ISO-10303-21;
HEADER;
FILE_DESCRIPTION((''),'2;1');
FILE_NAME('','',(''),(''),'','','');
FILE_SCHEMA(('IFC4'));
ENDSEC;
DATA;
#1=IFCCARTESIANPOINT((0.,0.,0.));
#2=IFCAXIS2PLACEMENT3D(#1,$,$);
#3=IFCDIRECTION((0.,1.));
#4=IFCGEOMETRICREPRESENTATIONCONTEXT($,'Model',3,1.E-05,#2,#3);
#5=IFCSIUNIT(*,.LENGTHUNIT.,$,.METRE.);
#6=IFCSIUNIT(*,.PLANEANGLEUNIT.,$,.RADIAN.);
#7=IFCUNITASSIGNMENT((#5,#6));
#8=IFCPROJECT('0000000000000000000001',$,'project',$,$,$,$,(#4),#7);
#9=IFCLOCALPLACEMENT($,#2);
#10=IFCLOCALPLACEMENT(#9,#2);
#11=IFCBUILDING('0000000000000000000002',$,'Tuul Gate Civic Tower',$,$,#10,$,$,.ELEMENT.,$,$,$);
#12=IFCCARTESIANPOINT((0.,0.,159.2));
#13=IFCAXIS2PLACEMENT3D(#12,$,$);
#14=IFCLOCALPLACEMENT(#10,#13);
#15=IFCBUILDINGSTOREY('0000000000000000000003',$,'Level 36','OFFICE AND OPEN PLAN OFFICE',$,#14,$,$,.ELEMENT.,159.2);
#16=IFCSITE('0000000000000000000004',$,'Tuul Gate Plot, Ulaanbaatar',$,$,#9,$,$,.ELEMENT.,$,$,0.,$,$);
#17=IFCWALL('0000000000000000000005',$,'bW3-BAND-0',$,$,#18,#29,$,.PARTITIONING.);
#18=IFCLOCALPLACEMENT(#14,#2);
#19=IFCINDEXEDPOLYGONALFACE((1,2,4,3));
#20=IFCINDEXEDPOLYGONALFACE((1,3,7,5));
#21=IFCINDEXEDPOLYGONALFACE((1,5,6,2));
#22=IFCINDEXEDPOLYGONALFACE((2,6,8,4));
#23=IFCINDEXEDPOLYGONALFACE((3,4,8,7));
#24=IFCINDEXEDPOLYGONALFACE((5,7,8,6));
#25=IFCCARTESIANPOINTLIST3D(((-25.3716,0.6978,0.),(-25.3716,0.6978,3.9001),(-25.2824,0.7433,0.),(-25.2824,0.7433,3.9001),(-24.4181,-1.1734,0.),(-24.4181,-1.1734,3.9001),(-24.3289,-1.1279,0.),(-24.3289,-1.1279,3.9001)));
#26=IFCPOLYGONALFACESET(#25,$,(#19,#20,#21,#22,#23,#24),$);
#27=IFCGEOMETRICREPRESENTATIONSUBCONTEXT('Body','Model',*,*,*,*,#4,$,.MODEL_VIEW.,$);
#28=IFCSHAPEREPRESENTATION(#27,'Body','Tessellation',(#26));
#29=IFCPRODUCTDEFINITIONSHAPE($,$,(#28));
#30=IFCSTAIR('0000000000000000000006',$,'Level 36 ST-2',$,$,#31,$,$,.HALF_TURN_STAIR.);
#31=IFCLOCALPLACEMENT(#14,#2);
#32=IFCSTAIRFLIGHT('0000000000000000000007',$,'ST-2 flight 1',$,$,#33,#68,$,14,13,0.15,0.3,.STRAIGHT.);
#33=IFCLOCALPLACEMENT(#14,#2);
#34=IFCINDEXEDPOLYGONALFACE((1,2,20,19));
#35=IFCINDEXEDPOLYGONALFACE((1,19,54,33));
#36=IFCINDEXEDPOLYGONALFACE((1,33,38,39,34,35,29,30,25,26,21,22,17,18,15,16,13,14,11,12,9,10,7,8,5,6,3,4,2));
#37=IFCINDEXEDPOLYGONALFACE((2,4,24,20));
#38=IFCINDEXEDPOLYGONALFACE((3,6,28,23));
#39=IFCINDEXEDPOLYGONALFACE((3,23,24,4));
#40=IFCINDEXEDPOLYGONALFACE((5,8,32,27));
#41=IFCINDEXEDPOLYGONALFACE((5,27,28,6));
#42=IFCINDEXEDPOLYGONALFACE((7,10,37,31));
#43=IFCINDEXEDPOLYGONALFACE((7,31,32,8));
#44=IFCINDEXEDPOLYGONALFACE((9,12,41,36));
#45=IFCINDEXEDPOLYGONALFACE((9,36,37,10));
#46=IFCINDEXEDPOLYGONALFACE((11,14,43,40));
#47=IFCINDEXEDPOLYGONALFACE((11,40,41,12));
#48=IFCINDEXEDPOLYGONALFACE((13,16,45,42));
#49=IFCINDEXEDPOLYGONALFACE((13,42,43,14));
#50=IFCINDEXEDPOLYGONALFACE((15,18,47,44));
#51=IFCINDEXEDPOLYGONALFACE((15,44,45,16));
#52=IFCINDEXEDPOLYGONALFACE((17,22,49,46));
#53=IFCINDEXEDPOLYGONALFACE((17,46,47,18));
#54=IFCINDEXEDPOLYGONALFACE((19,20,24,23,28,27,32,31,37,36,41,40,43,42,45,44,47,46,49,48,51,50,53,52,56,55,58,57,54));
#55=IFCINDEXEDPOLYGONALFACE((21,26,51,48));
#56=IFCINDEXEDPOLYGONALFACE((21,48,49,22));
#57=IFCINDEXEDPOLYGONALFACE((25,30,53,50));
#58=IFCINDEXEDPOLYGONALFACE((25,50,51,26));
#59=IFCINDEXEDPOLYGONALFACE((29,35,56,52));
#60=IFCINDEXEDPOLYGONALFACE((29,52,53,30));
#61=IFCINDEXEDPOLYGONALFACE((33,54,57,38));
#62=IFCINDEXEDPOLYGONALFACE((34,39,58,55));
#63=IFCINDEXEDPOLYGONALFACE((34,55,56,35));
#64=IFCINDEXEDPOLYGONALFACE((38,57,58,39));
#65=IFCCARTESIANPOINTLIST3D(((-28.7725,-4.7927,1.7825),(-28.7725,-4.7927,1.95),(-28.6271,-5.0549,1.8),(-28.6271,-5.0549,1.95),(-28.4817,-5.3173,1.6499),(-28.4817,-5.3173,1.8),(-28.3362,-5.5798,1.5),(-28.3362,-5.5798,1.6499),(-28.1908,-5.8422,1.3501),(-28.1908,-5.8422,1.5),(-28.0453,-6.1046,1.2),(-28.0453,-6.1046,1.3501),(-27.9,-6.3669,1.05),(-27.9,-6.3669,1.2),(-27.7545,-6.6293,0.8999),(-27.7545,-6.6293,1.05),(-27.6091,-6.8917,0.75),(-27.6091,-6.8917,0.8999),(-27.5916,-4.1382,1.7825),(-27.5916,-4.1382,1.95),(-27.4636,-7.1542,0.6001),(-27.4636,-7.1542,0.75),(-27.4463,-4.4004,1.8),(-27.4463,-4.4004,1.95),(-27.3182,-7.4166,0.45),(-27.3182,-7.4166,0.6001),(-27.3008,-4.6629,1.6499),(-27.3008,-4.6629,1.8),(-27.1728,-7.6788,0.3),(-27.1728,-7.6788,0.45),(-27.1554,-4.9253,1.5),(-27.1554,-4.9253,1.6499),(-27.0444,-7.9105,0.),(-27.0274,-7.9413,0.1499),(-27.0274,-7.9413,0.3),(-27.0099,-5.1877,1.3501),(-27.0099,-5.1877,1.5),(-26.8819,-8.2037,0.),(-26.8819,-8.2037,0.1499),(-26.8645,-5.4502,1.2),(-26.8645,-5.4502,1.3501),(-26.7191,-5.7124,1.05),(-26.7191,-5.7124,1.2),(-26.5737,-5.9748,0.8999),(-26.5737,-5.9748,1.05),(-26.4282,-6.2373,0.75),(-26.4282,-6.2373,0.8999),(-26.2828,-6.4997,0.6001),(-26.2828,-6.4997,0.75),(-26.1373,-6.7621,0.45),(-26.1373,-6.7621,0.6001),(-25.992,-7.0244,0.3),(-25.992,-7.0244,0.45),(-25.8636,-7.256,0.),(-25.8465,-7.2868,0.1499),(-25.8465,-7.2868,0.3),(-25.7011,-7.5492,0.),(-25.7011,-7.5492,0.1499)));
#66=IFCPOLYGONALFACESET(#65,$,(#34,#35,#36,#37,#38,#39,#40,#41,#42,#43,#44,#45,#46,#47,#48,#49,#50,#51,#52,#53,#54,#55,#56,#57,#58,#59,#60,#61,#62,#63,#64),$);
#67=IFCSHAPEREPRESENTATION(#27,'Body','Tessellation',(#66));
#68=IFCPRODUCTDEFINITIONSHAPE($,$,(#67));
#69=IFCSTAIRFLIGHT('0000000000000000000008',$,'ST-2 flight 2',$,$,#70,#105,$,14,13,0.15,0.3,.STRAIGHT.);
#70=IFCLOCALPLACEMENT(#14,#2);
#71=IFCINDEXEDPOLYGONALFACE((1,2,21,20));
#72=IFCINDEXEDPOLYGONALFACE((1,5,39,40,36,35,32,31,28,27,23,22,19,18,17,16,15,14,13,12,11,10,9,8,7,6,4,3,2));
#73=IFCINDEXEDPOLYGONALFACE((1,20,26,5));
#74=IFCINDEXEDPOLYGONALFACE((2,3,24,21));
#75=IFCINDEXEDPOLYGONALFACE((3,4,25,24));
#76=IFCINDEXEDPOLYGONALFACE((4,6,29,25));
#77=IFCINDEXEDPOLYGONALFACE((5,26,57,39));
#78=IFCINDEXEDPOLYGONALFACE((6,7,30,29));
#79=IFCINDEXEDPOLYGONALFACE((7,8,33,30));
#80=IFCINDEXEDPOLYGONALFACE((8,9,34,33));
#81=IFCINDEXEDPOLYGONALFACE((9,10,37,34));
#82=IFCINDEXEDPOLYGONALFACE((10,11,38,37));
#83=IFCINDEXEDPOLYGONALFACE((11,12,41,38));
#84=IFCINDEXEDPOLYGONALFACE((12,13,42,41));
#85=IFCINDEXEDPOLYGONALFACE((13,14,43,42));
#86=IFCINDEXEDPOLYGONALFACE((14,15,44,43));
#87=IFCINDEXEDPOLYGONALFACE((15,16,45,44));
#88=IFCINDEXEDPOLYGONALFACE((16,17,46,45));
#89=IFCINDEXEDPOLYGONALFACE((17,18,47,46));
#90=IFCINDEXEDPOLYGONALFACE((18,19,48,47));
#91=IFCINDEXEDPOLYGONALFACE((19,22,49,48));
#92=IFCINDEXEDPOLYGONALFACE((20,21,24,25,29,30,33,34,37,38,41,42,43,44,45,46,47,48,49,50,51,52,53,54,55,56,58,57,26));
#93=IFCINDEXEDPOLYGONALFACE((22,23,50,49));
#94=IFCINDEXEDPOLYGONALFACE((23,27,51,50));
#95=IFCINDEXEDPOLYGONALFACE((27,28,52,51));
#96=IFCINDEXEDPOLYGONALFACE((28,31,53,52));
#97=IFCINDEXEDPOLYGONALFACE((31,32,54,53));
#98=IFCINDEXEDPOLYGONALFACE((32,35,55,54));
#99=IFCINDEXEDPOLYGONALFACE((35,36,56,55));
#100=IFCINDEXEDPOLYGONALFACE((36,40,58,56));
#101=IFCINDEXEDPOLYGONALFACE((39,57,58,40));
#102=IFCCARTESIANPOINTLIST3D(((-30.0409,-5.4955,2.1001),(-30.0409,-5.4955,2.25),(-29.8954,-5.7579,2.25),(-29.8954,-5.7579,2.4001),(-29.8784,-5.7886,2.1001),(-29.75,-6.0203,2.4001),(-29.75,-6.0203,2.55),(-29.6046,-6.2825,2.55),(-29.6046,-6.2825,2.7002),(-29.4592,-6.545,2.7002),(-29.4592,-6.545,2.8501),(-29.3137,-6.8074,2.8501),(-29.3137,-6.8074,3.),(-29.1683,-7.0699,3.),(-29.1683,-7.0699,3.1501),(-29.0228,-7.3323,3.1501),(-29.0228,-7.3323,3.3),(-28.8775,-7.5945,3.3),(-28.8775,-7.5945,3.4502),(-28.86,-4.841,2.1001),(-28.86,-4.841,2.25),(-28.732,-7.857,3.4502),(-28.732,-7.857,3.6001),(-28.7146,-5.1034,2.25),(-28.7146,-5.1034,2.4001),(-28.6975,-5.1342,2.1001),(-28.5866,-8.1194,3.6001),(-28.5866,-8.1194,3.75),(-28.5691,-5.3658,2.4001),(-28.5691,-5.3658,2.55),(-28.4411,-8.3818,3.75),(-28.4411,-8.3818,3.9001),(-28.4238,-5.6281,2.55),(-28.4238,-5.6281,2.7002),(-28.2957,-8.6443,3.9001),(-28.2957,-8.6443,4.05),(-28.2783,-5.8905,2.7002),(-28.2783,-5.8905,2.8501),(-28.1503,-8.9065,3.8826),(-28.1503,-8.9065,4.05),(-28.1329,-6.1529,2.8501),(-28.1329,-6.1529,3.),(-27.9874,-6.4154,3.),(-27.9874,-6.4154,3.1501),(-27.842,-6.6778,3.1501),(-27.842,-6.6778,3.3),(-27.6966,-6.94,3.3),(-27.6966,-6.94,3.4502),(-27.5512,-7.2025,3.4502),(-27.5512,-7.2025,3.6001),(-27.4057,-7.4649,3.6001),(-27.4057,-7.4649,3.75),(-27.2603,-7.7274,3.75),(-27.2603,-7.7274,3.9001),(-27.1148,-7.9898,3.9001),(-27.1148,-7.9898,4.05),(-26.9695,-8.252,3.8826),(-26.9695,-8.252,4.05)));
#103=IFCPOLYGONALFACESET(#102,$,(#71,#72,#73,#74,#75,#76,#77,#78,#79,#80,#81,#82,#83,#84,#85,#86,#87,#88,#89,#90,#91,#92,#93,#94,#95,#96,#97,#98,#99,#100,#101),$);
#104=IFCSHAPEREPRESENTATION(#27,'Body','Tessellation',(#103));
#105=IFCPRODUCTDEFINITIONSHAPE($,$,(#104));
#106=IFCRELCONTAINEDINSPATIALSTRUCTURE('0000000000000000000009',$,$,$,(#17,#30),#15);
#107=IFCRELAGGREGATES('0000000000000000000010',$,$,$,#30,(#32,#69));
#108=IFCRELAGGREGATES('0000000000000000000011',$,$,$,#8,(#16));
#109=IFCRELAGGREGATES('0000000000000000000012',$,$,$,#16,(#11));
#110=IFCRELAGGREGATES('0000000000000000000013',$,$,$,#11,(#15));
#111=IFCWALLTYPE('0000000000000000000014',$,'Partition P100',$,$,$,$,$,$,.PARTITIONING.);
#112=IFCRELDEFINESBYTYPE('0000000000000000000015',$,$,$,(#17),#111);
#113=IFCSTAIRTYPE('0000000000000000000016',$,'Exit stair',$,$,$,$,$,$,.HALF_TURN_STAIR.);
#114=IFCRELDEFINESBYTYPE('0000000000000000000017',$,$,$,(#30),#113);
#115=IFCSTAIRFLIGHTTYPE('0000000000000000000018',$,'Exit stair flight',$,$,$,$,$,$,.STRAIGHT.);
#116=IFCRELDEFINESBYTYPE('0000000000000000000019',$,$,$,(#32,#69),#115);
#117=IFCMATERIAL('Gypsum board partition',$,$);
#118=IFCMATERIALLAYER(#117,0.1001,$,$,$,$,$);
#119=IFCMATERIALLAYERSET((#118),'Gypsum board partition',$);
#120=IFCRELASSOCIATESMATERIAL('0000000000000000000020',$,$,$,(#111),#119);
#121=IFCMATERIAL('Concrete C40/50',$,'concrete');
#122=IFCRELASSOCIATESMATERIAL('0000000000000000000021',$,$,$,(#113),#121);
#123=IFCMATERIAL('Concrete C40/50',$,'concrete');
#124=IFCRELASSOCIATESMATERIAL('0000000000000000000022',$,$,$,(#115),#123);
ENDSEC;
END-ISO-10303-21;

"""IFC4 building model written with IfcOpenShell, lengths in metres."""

from ifc_helpers import new_model, si_unit, direction, frame, frame_2d, origin, place, context, subcontext, project, spatial, polyline, rectangle, outline, extrude, material, layer, layer_set, type_object, element, aggregate, save


model = new_model("IFC4")

# Units and contexts
model_context = context("Model", 3, precision=1e-05, world=origin(), true_north=direction((0.0, 1.0)))
body_context = subcontext(model_context, "Body", "Model", "MODEL_VIEW")
ifc_project = project(units=[si_unit("LENGTHUNIT", "METRE"), si_unit("PLANEANGLEUNIT", "RADIAN")], contexts=[model_context])

# Site, building, storey
site_placement = place(None, origin())
site = spatial("IfcSite", under=ifc_project, at=site_placement, Name="Tuul Gate Plot, Ulaanbaatar", CompositionType="ELEMENT", RefElevation=0.0)
building_placement = place(site_placement, origin())
building = spatial("IfcBuilding", under=site, at=building_placement, Name="Tuul Gate Civic Tower", CompositionType="ELEMENT")
storey_placement = place(building_placement, frame((0.0, 0.0, 159.2)))
storey = spatial("IfcBuildingStorey", under=building, at=storey_placement, Name="Level 36", Description="OFFICE AND OPEN PLAN OFFICE", CompositionType="ELEMENT", Elevation=159.2)

# Wall
ifc_material_1 = material(Name="Gypsum board partition")
ifc_layer_1 = layer(ifc_material_1, 0.1001)
ifc_layer_set_1 = layer_set([ifc_layer_1], Name="Gypsum board partition")
wall_type_1 = type_object("IfcWallType", Name="Partition P100", PredefinedType="PARTITIONING", material=ifc_layer_set_1)
wall_1_placement = place(storey_placement, frame((-24.3735, -1.1506, 0.0), z_axis=(0.0, 0.0, 1.0), x_axis=(-0.45399, 0.891007, 0.0)))
element("IfcWall", 1, at=wall_1_placement, inside=storey, type_object=wall_type_1, Name="bW3-BAND-0", PredefinedType="PARTITIONING", context=body_context, shape_type="SweptSolid", body=[
    extrude(rectangle(XDim=2.1001, YDim=0.1001, at=frame_2d((1.05, 0.0))), origin(), (0.0, 0.0, 1.0), 3.9001),
])

# Stair, stair flights
ifc_material_2 = material(Name="Concrete C40/50", Category="concrete")
stair_type = type_object("IfcStairType", Name="Exit stair", PredefinedType="HALF_TURN_STAIR", material=ifc_material_2)
stair_placement = place(storey_placement, origin())
stair = element("IfcStair", 2, at=stair_placement, inside=storey, type_object=stair_type, Name="Level 36 ST-2", PredefinedType="HALF_TURN_STAIR")
ifc_material_3 = material(Name="Concrete C40/50", Category="concrete")
stair_flight_type = type_object("IfcStairFlightType", Name="Exit stair flight", PredefinedType="STRAIGHT", material=ifc_material_3)
stair_flight_1_placement = place(storey_placement, frame((-26.2915, -7.8765, 0.0), z_axis=(0.0, 0.0, 1.0), x_axis=(-0.484762, 0.874646, 0.0)))
stair_flight_1 = element("IfcStairFlight", 3, at=stair_flight_1_placement, type_object=stair_flight_type, Name="ST-2 flight 1", NumberOfRisers=14, NumberOfTreads=13, PredefinedType="STRAIGHT", RiserHeight=0.15, TreadLength=0.3, context=body_context, shape_type="SweptSolid", body=[
    extrude(outline(polyline([(0.0, 0.0), (0.0, 0.1499), (0.3, 0.1499), (0.3, 0.3), (0.6001, 0.3), (0.6001, 0.45), (0.8999, 0.45), (0.8999, 0.6001), (1.2, 0.6001), (1.2, 0.75), (1.5, 0.75), (1.5, 0.8999), (1.8, 0.8999), (1.8, 1.05), (2.1001, 1.05), (2.1001, 1.2), (2.3999, 1.2), (2.3999, 1.3501), (2.7, 1.3501), (2.7, 1.5), (3.0, 1.5), (3.0, 1.6499), (3.3, 1.6499), (3.3, 1.8), (3.6001, 1.8), (3.6001, 1.95), (3.8999, 1.95), (3.8999, 2.1001), (3.8999, 1.7825), (0.3352, 0.0), (0.0, 0.0)])), frame((0.0, 0.675, 0.0), z_axis=(0.0, -1.0, 0.0), x_axis=(1.0, 0.0, 0.0)), (0.0, 0.0, 1.0), 1.3501),
])
stair_flight_2_placement = place(storey_placement, frame((-29.4504, -5.1682, 2.1001), z_axis=(0.0, 0.0, 1.0), x_axis=(0.484762, -0.874646, 0.0)))
stair_flight_2 = element("IfcStairFlight", 4, at=stair_flight_2_placement, type_object=stair_flight_type, Name="ST-2 flight 2", NumberOfRisers=14, NumberOfTreads=13, PredefinedType="STRAIGHT", RiserHeight=0.15, TreadLength=0.3, context=body_context, shape_type="SweptSolid", body=[
    extrude(outline(polyline([(0.0, 0.0), (0.0, 0.1499), (0.3, 0.1499), (0.3, 0.3), (0.6001, 0.3), (0.6001, 0.45), (0.8999, 0.45), (0.8999, 0.6001), (1.2, 0.6001), (1.2, 0.75), (1.5, 0.75), (1.5, 0.8999), (1.8, 0.8999), (1.8, 1.05), (2.1001, 1.05), (2.1001, 1.2), (2.3999, 1.2), (2.3999, 1.3501), (2.7, 1.3501), (2.7, 1.5), (3.0, 1.5), (3.0, 1.6499), (3.3, 1.6499), (3.3, 1.8), (3.6001, 1.8), (3.6001, 1.95), (3.8999, 1.95), (3.8999, 2.1001), (3.8999, 1.7825), (0.3352, 0.0), (0.0, 0.0)])), frame((0.0, 0.675, 0.0), z_axis=(0.0, -1.0, 0.0), x_axis=(1.0, 0.0, 0.0)), (0.0, 0.0, 1.0), 1.3501),
])
aggregate(stair, [stair_flight_1, stair_flight_2])

save(model, "model.ifc")
